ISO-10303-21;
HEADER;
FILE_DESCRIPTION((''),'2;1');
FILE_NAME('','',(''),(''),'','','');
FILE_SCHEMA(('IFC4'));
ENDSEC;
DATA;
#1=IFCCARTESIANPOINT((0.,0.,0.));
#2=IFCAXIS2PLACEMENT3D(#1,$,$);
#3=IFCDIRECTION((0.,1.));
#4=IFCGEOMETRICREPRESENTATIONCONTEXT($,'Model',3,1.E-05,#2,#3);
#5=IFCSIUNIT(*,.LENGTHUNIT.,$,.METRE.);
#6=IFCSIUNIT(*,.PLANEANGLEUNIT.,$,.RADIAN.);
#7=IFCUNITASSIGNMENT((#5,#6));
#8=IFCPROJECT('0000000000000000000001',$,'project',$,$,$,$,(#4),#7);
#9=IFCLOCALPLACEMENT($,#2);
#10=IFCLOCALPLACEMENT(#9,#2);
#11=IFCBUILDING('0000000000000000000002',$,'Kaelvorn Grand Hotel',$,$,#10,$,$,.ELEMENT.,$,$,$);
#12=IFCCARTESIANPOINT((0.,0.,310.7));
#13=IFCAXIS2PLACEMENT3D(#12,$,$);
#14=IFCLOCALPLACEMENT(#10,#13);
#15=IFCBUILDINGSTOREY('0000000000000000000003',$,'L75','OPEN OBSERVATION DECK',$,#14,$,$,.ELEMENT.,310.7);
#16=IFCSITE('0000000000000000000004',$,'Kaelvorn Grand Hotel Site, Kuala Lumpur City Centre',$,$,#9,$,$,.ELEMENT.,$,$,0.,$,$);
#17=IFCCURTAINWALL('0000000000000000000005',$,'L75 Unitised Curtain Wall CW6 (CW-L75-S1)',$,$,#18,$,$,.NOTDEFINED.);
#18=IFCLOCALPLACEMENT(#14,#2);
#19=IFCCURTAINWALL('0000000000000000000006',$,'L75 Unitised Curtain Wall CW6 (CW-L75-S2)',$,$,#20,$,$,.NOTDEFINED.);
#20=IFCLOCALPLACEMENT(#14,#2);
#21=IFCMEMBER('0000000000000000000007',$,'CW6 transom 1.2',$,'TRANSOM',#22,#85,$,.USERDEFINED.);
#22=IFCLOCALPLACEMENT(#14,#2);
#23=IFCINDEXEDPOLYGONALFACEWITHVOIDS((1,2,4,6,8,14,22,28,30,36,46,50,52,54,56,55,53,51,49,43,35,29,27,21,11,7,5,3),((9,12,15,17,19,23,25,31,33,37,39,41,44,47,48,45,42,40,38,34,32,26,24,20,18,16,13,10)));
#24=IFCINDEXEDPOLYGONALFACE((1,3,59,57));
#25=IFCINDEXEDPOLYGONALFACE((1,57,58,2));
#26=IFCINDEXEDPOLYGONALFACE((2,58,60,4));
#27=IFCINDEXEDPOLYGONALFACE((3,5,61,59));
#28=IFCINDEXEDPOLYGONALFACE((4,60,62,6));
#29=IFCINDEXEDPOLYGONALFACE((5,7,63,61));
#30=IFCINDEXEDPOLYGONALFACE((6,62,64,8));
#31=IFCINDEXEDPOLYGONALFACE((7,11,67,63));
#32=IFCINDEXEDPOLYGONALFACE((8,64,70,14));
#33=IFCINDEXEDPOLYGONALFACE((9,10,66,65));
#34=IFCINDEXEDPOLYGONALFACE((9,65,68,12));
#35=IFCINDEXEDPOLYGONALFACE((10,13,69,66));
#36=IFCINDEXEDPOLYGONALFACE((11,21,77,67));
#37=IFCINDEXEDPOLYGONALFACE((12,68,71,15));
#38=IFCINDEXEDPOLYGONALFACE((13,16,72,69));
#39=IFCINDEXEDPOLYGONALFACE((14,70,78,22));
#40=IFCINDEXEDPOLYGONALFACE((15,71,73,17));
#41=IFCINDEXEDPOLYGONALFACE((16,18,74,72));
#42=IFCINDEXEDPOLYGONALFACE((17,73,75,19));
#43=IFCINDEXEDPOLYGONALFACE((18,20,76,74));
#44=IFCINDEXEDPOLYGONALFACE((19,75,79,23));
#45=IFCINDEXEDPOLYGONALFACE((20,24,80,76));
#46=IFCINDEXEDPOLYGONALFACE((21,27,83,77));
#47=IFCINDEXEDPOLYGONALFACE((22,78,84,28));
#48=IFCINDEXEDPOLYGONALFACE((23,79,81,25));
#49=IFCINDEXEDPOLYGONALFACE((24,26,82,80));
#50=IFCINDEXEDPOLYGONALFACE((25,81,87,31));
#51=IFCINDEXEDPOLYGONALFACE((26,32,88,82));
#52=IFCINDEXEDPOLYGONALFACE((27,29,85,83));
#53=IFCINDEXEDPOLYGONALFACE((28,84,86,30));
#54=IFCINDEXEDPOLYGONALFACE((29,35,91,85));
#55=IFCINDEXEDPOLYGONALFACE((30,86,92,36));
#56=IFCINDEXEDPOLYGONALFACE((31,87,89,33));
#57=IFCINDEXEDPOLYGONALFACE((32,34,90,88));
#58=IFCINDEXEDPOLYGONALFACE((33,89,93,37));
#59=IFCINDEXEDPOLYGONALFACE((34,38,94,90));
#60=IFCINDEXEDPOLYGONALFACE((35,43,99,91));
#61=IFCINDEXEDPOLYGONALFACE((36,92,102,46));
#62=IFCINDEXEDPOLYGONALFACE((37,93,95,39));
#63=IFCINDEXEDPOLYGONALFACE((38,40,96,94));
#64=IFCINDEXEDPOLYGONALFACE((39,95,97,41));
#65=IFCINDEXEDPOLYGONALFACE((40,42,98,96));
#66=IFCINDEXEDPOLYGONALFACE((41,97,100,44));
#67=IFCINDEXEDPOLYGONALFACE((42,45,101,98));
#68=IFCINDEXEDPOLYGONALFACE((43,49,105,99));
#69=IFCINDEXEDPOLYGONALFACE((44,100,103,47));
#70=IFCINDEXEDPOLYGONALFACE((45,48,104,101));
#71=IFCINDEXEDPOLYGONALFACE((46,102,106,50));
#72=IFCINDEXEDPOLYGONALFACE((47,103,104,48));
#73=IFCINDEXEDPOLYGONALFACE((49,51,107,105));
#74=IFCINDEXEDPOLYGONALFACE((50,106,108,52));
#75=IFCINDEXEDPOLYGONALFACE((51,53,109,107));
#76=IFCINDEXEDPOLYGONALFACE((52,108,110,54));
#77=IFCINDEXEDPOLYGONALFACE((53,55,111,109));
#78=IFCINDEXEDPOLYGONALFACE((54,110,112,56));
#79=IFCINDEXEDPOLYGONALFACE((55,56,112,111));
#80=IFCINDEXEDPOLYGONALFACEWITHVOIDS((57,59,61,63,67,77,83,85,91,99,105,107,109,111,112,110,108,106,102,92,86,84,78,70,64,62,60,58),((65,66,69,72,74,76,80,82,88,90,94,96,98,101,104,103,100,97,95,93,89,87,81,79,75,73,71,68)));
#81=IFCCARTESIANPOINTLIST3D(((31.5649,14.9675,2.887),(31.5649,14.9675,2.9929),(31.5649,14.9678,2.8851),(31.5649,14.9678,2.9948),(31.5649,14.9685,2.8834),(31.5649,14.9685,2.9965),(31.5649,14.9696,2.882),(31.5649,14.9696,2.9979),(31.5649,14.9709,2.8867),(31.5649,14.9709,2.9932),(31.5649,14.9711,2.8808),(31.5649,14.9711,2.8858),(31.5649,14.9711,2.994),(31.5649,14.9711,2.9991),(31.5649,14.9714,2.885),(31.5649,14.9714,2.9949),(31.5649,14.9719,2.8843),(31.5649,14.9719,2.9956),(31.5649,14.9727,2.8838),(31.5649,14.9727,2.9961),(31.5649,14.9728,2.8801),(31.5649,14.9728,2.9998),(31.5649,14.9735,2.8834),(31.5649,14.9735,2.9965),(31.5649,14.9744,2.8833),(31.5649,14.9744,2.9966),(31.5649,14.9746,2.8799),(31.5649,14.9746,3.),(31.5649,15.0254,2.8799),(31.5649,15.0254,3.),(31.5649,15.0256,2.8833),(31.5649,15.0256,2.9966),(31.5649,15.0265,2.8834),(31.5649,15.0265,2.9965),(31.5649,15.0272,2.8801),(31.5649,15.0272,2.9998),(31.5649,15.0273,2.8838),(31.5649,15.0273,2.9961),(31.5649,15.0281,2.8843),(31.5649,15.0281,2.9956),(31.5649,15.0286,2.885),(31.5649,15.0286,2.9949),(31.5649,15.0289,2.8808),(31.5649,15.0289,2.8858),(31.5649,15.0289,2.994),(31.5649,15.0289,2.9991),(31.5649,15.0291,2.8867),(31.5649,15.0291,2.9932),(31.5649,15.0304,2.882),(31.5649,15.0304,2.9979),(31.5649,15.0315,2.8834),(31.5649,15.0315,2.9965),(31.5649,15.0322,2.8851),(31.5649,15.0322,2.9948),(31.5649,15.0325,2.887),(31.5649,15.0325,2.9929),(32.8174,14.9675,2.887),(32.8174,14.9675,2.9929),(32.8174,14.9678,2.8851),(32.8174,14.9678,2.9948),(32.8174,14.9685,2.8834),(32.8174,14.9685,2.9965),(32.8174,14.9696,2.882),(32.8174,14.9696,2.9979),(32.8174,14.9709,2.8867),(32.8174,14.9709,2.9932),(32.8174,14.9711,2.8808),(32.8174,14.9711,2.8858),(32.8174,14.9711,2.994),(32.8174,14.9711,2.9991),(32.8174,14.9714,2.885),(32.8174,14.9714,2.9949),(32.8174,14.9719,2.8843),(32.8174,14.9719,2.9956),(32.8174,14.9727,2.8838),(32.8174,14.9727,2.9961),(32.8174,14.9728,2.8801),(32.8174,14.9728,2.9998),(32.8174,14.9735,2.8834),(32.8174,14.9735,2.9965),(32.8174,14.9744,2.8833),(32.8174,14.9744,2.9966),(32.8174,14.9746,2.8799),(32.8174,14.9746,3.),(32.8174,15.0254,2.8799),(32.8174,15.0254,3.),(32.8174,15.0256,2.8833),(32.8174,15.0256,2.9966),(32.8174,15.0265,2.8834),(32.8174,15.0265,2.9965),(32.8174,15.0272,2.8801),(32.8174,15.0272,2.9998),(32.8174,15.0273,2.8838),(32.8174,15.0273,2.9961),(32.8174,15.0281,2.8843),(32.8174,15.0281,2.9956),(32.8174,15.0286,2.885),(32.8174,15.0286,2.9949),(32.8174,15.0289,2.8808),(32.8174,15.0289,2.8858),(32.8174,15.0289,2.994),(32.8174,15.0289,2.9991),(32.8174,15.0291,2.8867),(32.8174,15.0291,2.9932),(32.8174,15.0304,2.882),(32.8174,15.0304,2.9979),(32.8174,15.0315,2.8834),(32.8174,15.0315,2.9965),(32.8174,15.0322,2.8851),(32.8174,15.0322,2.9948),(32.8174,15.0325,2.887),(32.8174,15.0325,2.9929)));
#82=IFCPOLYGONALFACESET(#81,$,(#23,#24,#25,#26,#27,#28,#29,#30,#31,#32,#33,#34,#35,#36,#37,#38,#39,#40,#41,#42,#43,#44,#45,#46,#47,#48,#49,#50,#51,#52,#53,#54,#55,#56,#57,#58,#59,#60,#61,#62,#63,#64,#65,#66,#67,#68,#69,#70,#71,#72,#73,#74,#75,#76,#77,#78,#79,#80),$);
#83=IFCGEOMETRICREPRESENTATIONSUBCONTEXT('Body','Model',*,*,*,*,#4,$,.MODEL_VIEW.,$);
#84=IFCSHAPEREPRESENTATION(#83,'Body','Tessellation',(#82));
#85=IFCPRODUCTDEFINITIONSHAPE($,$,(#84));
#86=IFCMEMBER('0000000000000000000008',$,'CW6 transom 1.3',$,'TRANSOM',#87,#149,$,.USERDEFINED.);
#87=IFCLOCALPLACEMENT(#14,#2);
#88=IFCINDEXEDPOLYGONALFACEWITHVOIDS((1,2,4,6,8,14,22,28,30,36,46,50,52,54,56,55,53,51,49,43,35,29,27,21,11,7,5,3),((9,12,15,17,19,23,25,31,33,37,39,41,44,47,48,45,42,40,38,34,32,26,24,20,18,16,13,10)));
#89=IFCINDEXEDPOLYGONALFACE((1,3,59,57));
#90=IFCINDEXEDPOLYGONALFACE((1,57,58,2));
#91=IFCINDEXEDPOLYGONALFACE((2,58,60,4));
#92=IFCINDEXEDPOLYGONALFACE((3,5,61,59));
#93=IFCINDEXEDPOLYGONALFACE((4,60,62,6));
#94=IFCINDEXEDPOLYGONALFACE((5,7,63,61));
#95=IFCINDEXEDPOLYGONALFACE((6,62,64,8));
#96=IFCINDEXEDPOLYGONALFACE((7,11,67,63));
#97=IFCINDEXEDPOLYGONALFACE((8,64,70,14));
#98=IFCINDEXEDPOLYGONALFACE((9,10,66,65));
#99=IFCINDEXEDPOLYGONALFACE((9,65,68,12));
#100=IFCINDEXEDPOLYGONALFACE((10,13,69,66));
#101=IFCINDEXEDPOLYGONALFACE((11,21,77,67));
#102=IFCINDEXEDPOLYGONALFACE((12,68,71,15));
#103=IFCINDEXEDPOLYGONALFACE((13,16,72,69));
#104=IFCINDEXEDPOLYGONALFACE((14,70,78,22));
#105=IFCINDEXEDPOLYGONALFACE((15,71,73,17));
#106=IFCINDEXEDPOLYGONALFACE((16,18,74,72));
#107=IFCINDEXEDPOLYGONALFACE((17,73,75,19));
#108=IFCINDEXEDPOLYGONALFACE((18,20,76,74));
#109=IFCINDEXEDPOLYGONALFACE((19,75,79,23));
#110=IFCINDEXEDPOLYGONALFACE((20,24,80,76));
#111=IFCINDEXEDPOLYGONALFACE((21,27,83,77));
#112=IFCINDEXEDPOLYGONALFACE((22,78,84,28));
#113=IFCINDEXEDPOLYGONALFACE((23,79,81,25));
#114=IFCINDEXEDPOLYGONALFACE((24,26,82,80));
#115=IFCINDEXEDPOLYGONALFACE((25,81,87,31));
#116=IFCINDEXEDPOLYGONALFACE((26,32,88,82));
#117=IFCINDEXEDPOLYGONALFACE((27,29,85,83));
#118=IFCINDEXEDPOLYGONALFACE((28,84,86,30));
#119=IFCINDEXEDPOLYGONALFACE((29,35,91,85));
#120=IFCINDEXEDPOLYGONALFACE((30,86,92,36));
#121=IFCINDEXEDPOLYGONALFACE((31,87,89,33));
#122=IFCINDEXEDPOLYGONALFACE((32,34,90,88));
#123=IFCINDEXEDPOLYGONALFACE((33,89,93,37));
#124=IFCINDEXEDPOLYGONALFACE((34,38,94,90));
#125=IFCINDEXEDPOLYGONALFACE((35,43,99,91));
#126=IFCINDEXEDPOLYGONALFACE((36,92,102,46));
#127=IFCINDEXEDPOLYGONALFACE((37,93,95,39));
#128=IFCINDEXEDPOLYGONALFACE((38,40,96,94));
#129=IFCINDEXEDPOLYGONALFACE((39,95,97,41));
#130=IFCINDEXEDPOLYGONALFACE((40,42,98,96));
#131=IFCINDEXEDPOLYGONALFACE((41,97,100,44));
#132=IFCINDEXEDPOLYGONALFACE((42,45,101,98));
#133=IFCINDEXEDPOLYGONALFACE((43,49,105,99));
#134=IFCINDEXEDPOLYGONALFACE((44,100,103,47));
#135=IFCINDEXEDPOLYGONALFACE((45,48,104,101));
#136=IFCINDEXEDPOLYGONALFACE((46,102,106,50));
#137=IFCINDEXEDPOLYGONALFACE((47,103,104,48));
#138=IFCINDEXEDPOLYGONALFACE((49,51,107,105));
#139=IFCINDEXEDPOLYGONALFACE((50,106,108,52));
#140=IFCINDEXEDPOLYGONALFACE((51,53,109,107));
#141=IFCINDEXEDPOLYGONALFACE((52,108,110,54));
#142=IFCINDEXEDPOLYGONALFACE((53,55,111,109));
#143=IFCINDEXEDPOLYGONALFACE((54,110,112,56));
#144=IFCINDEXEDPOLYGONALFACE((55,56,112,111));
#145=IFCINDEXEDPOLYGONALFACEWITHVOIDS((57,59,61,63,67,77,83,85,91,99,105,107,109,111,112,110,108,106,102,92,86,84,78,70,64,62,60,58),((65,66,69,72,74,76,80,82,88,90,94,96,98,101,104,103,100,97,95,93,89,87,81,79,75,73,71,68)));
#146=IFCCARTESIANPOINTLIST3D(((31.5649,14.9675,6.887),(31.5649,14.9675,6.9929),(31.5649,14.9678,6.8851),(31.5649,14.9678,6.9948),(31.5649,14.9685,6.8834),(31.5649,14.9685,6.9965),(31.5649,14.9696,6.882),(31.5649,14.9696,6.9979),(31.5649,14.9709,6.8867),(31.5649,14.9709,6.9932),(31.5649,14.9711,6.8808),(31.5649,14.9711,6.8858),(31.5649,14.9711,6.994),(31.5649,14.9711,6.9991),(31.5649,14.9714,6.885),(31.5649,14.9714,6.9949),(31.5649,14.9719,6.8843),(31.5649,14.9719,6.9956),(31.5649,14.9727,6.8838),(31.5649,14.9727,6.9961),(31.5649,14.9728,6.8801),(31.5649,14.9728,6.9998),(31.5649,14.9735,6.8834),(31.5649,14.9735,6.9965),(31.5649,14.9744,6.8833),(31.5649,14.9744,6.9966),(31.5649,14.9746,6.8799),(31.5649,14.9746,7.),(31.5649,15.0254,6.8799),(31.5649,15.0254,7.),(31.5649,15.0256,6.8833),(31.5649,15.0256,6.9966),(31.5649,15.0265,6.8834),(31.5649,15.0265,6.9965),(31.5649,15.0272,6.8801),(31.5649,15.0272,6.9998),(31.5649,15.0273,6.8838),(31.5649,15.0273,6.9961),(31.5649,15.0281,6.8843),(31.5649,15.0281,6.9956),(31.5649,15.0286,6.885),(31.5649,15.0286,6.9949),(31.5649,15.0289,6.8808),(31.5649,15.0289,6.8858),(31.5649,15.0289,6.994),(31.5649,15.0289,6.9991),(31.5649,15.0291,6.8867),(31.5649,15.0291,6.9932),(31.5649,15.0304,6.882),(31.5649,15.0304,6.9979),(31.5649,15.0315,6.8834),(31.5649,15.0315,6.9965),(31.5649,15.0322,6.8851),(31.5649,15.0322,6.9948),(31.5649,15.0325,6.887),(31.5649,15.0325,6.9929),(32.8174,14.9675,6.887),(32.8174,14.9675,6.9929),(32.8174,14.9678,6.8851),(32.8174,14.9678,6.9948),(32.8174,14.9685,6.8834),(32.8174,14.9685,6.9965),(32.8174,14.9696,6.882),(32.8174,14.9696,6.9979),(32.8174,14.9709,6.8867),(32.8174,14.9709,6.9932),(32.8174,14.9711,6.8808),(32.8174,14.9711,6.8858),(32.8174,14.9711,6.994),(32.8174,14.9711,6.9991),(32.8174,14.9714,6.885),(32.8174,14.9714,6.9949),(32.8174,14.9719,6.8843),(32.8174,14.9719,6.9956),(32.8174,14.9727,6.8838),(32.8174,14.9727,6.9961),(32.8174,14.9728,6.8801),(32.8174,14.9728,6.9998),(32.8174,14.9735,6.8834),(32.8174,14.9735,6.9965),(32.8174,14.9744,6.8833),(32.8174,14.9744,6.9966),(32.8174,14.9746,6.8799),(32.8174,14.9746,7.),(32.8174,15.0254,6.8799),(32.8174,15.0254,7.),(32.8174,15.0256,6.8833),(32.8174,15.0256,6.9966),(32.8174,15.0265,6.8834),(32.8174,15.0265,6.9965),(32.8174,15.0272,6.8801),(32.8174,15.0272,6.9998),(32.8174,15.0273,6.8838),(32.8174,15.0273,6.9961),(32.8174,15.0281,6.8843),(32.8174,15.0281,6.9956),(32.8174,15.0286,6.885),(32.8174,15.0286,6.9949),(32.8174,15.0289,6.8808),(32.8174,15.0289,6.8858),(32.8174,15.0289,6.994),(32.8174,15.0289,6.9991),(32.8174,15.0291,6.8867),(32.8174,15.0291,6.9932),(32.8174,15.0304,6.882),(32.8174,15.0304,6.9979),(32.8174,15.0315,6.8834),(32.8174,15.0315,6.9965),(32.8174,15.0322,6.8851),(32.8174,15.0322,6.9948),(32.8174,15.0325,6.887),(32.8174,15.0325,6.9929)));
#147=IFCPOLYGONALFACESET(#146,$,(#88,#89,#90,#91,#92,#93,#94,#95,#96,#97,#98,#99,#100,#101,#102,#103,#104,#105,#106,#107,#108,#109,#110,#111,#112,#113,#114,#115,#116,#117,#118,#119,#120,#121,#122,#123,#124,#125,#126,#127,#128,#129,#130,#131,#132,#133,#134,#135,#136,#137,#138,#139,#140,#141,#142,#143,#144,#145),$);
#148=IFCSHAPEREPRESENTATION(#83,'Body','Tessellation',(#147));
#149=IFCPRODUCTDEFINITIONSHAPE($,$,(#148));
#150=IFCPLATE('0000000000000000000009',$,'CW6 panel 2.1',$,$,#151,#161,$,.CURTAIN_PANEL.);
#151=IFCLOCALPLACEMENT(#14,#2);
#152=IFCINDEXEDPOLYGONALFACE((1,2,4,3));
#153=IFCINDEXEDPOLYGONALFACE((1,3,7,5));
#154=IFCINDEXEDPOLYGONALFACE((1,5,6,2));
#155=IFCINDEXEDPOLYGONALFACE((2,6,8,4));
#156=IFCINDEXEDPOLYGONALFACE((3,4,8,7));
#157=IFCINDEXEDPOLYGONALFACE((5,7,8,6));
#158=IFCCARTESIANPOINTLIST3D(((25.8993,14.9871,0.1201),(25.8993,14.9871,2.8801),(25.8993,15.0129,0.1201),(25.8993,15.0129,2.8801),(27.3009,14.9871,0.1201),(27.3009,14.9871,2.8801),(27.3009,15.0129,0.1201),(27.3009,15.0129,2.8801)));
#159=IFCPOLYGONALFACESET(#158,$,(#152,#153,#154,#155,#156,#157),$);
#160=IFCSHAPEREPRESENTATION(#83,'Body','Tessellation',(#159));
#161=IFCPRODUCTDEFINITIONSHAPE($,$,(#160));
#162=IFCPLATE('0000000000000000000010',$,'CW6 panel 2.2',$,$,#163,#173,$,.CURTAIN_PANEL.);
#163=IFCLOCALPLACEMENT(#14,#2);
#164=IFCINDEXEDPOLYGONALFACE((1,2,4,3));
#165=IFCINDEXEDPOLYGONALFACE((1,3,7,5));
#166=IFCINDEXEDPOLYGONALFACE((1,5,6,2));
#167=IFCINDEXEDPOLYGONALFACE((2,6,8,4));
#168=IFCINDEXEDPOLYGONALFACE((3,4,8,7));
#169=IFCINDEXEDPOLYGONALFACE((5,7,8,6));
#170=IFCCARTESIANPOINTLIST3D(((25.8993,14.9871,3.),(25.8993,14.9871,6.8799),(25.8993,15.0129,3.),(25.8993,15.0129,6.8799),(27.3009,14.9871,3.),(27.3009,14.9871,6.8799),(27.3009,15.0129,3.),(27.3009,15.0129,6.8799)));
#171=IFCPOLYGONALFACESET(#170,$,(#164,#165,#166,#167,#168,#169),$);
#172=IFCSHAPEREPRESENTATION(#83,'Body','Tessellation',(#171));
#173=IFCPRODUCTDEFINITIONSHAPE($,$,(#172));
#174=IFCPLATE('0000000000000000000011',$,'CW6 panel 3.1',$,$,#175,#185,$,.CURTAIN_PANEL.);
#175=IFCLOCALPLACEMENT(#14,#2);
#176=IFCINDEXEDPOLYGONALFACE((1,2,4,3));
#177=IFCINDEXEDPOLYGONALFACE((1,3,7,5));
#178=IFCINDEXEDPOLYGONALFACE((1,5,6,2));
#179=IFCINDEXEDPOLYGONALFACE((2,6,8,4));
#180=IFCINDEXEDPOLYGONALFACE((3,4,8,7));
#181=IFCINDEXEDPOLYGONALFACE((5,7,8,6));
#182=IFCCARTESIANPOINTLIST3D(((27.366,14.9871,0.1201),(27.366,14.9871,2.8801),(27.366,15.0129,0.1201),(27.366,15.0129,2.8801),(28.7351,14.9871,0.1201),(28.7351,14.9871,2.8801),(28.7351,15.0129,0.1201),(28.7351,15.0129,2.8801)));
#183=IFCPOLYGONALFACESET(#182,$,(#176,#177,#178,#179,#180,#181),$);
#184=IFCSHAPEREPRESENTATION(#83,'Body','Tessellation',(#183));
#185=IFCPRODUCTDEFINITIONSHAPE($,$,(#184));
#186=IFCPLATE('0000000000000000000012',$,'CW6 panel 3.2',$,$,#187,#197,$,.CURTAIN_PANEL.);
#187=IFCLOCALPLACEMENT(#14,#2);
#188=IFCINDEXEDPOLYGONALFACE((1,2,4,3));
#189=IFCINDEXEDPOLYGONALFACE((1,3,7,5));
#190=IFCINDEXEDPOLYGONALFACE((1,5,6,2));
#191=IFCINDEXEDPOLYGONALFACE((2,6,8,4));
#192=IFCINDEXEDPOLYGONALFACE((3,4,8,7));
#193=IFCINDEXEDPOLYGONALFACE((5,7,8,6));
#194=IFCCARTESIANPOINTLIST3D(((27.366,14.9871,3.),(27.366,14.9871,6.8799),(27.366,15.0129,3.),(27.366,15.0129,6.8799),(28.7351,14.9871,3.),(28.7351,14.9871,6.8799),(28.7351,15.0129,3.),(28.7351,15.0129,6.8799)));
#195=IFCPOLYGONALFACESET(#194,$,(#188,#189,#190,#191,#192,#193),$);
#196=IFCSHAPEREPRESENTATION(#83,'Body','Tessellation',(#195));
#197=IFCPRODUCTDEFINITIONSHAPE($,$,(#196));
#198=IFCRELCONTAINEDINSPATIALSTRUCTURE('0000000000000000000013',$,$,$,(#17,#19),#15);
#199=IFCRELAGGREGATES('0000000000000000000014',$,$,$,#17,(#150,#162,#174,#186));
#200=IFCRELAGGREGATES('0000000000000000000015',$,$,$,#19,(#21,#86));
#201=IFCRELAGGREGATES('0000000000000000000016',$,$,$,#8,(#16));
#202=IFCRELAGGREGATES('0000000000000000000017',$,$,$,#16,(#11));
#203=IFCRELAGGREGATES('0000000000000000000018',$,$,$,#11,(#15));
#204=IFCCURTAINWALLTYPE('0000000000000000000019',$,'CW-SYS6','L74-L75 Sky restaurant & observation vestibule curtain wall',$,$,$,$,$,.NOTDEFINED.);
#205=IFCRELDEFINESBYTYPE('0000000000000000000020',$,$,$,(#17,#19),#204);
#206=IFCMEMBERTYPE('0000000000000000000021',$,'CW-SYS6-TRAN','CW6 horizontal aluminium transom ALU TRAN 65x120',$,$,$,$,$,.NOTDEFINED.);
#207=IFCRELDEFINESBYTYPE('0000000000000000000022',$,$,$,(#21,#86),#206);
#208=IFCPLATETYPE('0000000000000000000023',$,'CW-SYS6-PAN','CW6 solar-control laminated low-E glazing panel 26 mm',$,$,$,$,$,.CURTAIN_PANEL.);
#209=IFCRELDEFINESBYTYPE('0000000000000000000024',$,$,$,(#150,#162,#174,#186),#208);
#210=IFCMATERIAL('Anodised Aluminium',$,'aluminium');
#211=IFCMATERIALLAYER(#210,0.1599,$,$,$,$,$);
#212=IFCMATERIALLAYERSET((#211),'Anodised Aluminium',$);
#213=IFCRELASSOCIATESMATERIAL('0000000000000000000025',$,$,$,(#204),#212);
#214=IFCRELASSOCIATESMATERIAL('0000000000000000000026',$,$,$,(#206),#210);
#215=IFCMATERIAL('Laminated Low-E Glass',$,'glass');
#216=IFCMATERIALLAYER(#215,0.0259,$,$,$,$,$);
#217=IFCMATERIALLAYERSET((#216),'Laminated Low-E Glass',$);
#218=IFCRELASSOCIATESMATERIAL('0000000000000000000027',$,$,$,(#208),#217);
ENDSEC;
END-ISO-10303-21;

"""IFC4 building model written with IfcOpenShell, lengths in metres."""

from ifc_helpers import new_model, si_unit, direction, frame, origin, origin_2d, place, context, subcontext, project, spatial, rectangle, hollow_rectangle, extrude, material, layer, layer_set, material_profile, profile_set, type_object, element, aggregate, save


model = new_model("IFC4")

# Units and contexts
model_context = context("Model", 3, precision=1e-05, world=origin(), true_north=direction((0.0, 1.0)))
body_context = subcontext(model_context, "Body", "Model", "MODEL_VIEW")
ifc_project = project(units=[si_unit("LENGTHUNIT", "METRE"), si_unit("PLANEANGLEUNIT", "RADIAN")], contexts=[model_context])

# Site, building, storey
site_placement = place(None, origin())
site = spatial("IfcSite", under=ifc_project, at=site_placement, Name="Kaelvorn Grand Hotel Site, Kuala Lumpur City Centre", CompositionType="ELEMENT", RefElevation=0.0)
building_placement = place(site_placement, origin())
building = spatial("IfcBuilding", under=site, at=building_placement, Name="Kaelvorn Grand Hotel", CompositionType="ELEMENT")
storey_placement = place(building_placement, frame((0.0, 0.0, 310.7)))
storey = spatial("IfcBuildingStorey", under=building, at=storey_placement, Name="L75", Description="OPEN OBSERVATION DECK", CompositionType="ELEMENT", Elevation=310.7)

# Curtain walls
ifc_material_1 = material(Name="Anodised Aluminium", Category="aluminium")
ifc_layer_1 = layer(ifc_material_1, 0.1599)
ifc_layer_set_1 = layer_set([ifc_layer_1], Name="Anodised Aluminium")
curtain_wall_type = type_object("IfcCurtainWallType", Name="CW-SYS6", Description="L74-L75 Sky restaurant & observation vestibule curtain wall", PredefinedType="NOTDEFINED", material=ifc_layer_set_1)
curtain_wall_1_placement = place(storey_placement, origin())
curtain_wall_1 = element("IfcCurtainWall", 1, at=curtain_wall_1_placement, inside=storey, type_object=curtain_wall_type, Name="L75 Unitised Curtain Wall CW6 (CW-L75-S1)", PredefinedType="NOTDEFINED")
curtain_wall_2_placement = place(storey_placement, origin())
curtain_wall_2 = element("IfcCurtainWall", 2, at=curtain_wall_2_placement, inside=storey, type_object=curtain_wall_type, Name="L75 Unitised Curtain Wall CW6 (CW-L75-S2)", PredefinedType="NOTDEFINED")

# Members
ifc_material_profile_1 = material_profile(ifc_material_1, hollow_rectangle(XDim=0.0649, YDim=0.1201, WallThickness=0.0034, InnerFilletRadius=0.0034, OuterFilletRadius=0.0071, at=origin_2d()), Name="ALU TRAN 65x120")
ifc_profile_set_1 = profile_set([ifc_material_profile_1], Name="Anodised Aluminium")
member_type_1 = type_object("IfcMemberType", Name="CW-SYS6-TRAN", Description="CW6 horizontal aluminium transom ALU TRAN 65x120", PredefinedType="NOTDEFINED", material=ifc_profile_set_1)
member_1_placement = place(storey_placement, frame((31.5649, 15.0, 2.9399), z_axis=(1.0, 0.0, 0.0), x_axis=(0.0, 1.0, 0.0)))
member_1 = element("IfcMember", 3, at=member_1_placement, type_object=member_type_1, Name="CW6 transom 1.2", ObjectType="TRANSOM", PredefinedType="USERDEFINED", context=body_context, shape_type="SweptSolid", body=[
    extrude(hollow_rectangle(XDim=0.0649, YDim=0.1201, WallThickness=0.0034, InnerFilletRadius=0.0034, OuterFilletRadius=0.0071, at=origin_2d()), origin(), (0.0, 0.0, 1.0), 1.2524),
])
member_2_placement = place(storey_placement, frame((31.5649, 15.0, 6.9399), z_axis=(1.0, 0.0, 0.0), x_axis=(0.0, 1.0, 0.0)))
member_2 = element("IfcMember", 4, at=member_2_placement, type_object=member_type_1, Name="CW6 transom 1.3", ObjectType="TRANSOM", PredefinedType="USERDEFINED", context=body_context, shape_type="SweptSolid", body=[
    extrude(hollow_rectangle(XDim=0.0649, YDim=0.1201, WallThickness=0.0034, InnerFilletRadius=0.0034, OuterFilletRadius=0.0071, at=origin_2d()), origin(), (0.0, 0.0, 1.0), 1.2524),
])

# Plates
ifc_material_2 = material(Name="Laminated Low-E Glass", Category="glass")
ifc_layer_2 = layer(ifc_material_2, 0.0259)
ifc_layer_set_2 = layer_set([ifc_layer_2], Name="Laminated Low-E Glass")
plate_type = type_object("IfcPlateType", Name="CW-SYS6-PAN", Description="CW6 solar-control laminated low-E glazing panel 26 mm", PredefinedType="CURTAIN_PANEL", material=ifc_layer_set_2)
plate_1_placement = place(storey_placement, frame((26.6001, 15.0, 0.1201), z_axis=(0.0, 0.0, 1.0), x_axis=(1.0, 0.0, 0.0)))
plate_1 = element("IfcPlate", 5, at=plate_1_placement, type_object=plate_type, Name="CW6 panel 2.1", PredefinedType="CURTAIN_PANEL", context=body_context, shape_type="SweptSolid", body=[
    extrude(rectangle(XDim=1.4016, YDim=0.0259, at=origin_2d()), origin(), (0.0, 0.0, 1.0), 2.76),
])
plate_2_placement = place(storey_placement, frame((26.6001, 15.0, 3.0), z_axis=(0.0, 0.0, 1.0), x_axis=(1.0, 0.0, 0.0)))
plate_2 = element("IfcPlate", 6, at=plate_2_placement, type_object=plate_type, Name="CW6 panel 2.2", PredefinedType="CURTAIN_PANEL", context=body_context, shape_type="SweptSolid", body=[
    extrude(rectangle(XDim=1.4016, YDim=0.0259, at=origin_2d()), origin(), (0.0, 0.0, 1.0), 3.8799),
])
plate_3_placement = place(storey_placement, frame((28.0505, 15.0, 0.1201), z_axis=(0.0, 0.0, 1.0), x_axis=(1.0, 0.0, 0.0)))
plate_3 = element("IfcPlate", 7, at=plate_3_placement, type_object=plate_type, Name="CW6 panel 3.1", PredefinedType="CURTAIN_PANEL", context=body_context, shape_type="SweptSolid", body=[
    extrude(rectangle(XDim=1.3691, YDim=0.0259, at=origin_2d()), origin(), (0.0, 0.0, 1.0), 2.76),
])
plate_4_placement = place(storey_placement, frame((28.0505, 15.0, 3.0), z_axis=(0.0, 0.0, 1.0), x_axis=(1.0, 0.0, 0.0)))
plate_4 = element("IfcPlate", 8, at=plate_4_placement, type_object=plate_type, Name="CW6 panel 3.2", PredefinedType="CURTAIN_PANEL", context=body_context, shape_type="SweptSolid", body=[
    extrude(rectangle(XDim=1.3691, YDim=0.0259, at=origin_2d()), origin(), (0.0, 0.0, 1.0), 3.8799),
])
aggregate(curtain_wall_1, [plate_1, plate_2, plate_3, plate_4])
aggregate(curtain_wall_2, [member_1, member_2])

save(model, "model.ifc")
